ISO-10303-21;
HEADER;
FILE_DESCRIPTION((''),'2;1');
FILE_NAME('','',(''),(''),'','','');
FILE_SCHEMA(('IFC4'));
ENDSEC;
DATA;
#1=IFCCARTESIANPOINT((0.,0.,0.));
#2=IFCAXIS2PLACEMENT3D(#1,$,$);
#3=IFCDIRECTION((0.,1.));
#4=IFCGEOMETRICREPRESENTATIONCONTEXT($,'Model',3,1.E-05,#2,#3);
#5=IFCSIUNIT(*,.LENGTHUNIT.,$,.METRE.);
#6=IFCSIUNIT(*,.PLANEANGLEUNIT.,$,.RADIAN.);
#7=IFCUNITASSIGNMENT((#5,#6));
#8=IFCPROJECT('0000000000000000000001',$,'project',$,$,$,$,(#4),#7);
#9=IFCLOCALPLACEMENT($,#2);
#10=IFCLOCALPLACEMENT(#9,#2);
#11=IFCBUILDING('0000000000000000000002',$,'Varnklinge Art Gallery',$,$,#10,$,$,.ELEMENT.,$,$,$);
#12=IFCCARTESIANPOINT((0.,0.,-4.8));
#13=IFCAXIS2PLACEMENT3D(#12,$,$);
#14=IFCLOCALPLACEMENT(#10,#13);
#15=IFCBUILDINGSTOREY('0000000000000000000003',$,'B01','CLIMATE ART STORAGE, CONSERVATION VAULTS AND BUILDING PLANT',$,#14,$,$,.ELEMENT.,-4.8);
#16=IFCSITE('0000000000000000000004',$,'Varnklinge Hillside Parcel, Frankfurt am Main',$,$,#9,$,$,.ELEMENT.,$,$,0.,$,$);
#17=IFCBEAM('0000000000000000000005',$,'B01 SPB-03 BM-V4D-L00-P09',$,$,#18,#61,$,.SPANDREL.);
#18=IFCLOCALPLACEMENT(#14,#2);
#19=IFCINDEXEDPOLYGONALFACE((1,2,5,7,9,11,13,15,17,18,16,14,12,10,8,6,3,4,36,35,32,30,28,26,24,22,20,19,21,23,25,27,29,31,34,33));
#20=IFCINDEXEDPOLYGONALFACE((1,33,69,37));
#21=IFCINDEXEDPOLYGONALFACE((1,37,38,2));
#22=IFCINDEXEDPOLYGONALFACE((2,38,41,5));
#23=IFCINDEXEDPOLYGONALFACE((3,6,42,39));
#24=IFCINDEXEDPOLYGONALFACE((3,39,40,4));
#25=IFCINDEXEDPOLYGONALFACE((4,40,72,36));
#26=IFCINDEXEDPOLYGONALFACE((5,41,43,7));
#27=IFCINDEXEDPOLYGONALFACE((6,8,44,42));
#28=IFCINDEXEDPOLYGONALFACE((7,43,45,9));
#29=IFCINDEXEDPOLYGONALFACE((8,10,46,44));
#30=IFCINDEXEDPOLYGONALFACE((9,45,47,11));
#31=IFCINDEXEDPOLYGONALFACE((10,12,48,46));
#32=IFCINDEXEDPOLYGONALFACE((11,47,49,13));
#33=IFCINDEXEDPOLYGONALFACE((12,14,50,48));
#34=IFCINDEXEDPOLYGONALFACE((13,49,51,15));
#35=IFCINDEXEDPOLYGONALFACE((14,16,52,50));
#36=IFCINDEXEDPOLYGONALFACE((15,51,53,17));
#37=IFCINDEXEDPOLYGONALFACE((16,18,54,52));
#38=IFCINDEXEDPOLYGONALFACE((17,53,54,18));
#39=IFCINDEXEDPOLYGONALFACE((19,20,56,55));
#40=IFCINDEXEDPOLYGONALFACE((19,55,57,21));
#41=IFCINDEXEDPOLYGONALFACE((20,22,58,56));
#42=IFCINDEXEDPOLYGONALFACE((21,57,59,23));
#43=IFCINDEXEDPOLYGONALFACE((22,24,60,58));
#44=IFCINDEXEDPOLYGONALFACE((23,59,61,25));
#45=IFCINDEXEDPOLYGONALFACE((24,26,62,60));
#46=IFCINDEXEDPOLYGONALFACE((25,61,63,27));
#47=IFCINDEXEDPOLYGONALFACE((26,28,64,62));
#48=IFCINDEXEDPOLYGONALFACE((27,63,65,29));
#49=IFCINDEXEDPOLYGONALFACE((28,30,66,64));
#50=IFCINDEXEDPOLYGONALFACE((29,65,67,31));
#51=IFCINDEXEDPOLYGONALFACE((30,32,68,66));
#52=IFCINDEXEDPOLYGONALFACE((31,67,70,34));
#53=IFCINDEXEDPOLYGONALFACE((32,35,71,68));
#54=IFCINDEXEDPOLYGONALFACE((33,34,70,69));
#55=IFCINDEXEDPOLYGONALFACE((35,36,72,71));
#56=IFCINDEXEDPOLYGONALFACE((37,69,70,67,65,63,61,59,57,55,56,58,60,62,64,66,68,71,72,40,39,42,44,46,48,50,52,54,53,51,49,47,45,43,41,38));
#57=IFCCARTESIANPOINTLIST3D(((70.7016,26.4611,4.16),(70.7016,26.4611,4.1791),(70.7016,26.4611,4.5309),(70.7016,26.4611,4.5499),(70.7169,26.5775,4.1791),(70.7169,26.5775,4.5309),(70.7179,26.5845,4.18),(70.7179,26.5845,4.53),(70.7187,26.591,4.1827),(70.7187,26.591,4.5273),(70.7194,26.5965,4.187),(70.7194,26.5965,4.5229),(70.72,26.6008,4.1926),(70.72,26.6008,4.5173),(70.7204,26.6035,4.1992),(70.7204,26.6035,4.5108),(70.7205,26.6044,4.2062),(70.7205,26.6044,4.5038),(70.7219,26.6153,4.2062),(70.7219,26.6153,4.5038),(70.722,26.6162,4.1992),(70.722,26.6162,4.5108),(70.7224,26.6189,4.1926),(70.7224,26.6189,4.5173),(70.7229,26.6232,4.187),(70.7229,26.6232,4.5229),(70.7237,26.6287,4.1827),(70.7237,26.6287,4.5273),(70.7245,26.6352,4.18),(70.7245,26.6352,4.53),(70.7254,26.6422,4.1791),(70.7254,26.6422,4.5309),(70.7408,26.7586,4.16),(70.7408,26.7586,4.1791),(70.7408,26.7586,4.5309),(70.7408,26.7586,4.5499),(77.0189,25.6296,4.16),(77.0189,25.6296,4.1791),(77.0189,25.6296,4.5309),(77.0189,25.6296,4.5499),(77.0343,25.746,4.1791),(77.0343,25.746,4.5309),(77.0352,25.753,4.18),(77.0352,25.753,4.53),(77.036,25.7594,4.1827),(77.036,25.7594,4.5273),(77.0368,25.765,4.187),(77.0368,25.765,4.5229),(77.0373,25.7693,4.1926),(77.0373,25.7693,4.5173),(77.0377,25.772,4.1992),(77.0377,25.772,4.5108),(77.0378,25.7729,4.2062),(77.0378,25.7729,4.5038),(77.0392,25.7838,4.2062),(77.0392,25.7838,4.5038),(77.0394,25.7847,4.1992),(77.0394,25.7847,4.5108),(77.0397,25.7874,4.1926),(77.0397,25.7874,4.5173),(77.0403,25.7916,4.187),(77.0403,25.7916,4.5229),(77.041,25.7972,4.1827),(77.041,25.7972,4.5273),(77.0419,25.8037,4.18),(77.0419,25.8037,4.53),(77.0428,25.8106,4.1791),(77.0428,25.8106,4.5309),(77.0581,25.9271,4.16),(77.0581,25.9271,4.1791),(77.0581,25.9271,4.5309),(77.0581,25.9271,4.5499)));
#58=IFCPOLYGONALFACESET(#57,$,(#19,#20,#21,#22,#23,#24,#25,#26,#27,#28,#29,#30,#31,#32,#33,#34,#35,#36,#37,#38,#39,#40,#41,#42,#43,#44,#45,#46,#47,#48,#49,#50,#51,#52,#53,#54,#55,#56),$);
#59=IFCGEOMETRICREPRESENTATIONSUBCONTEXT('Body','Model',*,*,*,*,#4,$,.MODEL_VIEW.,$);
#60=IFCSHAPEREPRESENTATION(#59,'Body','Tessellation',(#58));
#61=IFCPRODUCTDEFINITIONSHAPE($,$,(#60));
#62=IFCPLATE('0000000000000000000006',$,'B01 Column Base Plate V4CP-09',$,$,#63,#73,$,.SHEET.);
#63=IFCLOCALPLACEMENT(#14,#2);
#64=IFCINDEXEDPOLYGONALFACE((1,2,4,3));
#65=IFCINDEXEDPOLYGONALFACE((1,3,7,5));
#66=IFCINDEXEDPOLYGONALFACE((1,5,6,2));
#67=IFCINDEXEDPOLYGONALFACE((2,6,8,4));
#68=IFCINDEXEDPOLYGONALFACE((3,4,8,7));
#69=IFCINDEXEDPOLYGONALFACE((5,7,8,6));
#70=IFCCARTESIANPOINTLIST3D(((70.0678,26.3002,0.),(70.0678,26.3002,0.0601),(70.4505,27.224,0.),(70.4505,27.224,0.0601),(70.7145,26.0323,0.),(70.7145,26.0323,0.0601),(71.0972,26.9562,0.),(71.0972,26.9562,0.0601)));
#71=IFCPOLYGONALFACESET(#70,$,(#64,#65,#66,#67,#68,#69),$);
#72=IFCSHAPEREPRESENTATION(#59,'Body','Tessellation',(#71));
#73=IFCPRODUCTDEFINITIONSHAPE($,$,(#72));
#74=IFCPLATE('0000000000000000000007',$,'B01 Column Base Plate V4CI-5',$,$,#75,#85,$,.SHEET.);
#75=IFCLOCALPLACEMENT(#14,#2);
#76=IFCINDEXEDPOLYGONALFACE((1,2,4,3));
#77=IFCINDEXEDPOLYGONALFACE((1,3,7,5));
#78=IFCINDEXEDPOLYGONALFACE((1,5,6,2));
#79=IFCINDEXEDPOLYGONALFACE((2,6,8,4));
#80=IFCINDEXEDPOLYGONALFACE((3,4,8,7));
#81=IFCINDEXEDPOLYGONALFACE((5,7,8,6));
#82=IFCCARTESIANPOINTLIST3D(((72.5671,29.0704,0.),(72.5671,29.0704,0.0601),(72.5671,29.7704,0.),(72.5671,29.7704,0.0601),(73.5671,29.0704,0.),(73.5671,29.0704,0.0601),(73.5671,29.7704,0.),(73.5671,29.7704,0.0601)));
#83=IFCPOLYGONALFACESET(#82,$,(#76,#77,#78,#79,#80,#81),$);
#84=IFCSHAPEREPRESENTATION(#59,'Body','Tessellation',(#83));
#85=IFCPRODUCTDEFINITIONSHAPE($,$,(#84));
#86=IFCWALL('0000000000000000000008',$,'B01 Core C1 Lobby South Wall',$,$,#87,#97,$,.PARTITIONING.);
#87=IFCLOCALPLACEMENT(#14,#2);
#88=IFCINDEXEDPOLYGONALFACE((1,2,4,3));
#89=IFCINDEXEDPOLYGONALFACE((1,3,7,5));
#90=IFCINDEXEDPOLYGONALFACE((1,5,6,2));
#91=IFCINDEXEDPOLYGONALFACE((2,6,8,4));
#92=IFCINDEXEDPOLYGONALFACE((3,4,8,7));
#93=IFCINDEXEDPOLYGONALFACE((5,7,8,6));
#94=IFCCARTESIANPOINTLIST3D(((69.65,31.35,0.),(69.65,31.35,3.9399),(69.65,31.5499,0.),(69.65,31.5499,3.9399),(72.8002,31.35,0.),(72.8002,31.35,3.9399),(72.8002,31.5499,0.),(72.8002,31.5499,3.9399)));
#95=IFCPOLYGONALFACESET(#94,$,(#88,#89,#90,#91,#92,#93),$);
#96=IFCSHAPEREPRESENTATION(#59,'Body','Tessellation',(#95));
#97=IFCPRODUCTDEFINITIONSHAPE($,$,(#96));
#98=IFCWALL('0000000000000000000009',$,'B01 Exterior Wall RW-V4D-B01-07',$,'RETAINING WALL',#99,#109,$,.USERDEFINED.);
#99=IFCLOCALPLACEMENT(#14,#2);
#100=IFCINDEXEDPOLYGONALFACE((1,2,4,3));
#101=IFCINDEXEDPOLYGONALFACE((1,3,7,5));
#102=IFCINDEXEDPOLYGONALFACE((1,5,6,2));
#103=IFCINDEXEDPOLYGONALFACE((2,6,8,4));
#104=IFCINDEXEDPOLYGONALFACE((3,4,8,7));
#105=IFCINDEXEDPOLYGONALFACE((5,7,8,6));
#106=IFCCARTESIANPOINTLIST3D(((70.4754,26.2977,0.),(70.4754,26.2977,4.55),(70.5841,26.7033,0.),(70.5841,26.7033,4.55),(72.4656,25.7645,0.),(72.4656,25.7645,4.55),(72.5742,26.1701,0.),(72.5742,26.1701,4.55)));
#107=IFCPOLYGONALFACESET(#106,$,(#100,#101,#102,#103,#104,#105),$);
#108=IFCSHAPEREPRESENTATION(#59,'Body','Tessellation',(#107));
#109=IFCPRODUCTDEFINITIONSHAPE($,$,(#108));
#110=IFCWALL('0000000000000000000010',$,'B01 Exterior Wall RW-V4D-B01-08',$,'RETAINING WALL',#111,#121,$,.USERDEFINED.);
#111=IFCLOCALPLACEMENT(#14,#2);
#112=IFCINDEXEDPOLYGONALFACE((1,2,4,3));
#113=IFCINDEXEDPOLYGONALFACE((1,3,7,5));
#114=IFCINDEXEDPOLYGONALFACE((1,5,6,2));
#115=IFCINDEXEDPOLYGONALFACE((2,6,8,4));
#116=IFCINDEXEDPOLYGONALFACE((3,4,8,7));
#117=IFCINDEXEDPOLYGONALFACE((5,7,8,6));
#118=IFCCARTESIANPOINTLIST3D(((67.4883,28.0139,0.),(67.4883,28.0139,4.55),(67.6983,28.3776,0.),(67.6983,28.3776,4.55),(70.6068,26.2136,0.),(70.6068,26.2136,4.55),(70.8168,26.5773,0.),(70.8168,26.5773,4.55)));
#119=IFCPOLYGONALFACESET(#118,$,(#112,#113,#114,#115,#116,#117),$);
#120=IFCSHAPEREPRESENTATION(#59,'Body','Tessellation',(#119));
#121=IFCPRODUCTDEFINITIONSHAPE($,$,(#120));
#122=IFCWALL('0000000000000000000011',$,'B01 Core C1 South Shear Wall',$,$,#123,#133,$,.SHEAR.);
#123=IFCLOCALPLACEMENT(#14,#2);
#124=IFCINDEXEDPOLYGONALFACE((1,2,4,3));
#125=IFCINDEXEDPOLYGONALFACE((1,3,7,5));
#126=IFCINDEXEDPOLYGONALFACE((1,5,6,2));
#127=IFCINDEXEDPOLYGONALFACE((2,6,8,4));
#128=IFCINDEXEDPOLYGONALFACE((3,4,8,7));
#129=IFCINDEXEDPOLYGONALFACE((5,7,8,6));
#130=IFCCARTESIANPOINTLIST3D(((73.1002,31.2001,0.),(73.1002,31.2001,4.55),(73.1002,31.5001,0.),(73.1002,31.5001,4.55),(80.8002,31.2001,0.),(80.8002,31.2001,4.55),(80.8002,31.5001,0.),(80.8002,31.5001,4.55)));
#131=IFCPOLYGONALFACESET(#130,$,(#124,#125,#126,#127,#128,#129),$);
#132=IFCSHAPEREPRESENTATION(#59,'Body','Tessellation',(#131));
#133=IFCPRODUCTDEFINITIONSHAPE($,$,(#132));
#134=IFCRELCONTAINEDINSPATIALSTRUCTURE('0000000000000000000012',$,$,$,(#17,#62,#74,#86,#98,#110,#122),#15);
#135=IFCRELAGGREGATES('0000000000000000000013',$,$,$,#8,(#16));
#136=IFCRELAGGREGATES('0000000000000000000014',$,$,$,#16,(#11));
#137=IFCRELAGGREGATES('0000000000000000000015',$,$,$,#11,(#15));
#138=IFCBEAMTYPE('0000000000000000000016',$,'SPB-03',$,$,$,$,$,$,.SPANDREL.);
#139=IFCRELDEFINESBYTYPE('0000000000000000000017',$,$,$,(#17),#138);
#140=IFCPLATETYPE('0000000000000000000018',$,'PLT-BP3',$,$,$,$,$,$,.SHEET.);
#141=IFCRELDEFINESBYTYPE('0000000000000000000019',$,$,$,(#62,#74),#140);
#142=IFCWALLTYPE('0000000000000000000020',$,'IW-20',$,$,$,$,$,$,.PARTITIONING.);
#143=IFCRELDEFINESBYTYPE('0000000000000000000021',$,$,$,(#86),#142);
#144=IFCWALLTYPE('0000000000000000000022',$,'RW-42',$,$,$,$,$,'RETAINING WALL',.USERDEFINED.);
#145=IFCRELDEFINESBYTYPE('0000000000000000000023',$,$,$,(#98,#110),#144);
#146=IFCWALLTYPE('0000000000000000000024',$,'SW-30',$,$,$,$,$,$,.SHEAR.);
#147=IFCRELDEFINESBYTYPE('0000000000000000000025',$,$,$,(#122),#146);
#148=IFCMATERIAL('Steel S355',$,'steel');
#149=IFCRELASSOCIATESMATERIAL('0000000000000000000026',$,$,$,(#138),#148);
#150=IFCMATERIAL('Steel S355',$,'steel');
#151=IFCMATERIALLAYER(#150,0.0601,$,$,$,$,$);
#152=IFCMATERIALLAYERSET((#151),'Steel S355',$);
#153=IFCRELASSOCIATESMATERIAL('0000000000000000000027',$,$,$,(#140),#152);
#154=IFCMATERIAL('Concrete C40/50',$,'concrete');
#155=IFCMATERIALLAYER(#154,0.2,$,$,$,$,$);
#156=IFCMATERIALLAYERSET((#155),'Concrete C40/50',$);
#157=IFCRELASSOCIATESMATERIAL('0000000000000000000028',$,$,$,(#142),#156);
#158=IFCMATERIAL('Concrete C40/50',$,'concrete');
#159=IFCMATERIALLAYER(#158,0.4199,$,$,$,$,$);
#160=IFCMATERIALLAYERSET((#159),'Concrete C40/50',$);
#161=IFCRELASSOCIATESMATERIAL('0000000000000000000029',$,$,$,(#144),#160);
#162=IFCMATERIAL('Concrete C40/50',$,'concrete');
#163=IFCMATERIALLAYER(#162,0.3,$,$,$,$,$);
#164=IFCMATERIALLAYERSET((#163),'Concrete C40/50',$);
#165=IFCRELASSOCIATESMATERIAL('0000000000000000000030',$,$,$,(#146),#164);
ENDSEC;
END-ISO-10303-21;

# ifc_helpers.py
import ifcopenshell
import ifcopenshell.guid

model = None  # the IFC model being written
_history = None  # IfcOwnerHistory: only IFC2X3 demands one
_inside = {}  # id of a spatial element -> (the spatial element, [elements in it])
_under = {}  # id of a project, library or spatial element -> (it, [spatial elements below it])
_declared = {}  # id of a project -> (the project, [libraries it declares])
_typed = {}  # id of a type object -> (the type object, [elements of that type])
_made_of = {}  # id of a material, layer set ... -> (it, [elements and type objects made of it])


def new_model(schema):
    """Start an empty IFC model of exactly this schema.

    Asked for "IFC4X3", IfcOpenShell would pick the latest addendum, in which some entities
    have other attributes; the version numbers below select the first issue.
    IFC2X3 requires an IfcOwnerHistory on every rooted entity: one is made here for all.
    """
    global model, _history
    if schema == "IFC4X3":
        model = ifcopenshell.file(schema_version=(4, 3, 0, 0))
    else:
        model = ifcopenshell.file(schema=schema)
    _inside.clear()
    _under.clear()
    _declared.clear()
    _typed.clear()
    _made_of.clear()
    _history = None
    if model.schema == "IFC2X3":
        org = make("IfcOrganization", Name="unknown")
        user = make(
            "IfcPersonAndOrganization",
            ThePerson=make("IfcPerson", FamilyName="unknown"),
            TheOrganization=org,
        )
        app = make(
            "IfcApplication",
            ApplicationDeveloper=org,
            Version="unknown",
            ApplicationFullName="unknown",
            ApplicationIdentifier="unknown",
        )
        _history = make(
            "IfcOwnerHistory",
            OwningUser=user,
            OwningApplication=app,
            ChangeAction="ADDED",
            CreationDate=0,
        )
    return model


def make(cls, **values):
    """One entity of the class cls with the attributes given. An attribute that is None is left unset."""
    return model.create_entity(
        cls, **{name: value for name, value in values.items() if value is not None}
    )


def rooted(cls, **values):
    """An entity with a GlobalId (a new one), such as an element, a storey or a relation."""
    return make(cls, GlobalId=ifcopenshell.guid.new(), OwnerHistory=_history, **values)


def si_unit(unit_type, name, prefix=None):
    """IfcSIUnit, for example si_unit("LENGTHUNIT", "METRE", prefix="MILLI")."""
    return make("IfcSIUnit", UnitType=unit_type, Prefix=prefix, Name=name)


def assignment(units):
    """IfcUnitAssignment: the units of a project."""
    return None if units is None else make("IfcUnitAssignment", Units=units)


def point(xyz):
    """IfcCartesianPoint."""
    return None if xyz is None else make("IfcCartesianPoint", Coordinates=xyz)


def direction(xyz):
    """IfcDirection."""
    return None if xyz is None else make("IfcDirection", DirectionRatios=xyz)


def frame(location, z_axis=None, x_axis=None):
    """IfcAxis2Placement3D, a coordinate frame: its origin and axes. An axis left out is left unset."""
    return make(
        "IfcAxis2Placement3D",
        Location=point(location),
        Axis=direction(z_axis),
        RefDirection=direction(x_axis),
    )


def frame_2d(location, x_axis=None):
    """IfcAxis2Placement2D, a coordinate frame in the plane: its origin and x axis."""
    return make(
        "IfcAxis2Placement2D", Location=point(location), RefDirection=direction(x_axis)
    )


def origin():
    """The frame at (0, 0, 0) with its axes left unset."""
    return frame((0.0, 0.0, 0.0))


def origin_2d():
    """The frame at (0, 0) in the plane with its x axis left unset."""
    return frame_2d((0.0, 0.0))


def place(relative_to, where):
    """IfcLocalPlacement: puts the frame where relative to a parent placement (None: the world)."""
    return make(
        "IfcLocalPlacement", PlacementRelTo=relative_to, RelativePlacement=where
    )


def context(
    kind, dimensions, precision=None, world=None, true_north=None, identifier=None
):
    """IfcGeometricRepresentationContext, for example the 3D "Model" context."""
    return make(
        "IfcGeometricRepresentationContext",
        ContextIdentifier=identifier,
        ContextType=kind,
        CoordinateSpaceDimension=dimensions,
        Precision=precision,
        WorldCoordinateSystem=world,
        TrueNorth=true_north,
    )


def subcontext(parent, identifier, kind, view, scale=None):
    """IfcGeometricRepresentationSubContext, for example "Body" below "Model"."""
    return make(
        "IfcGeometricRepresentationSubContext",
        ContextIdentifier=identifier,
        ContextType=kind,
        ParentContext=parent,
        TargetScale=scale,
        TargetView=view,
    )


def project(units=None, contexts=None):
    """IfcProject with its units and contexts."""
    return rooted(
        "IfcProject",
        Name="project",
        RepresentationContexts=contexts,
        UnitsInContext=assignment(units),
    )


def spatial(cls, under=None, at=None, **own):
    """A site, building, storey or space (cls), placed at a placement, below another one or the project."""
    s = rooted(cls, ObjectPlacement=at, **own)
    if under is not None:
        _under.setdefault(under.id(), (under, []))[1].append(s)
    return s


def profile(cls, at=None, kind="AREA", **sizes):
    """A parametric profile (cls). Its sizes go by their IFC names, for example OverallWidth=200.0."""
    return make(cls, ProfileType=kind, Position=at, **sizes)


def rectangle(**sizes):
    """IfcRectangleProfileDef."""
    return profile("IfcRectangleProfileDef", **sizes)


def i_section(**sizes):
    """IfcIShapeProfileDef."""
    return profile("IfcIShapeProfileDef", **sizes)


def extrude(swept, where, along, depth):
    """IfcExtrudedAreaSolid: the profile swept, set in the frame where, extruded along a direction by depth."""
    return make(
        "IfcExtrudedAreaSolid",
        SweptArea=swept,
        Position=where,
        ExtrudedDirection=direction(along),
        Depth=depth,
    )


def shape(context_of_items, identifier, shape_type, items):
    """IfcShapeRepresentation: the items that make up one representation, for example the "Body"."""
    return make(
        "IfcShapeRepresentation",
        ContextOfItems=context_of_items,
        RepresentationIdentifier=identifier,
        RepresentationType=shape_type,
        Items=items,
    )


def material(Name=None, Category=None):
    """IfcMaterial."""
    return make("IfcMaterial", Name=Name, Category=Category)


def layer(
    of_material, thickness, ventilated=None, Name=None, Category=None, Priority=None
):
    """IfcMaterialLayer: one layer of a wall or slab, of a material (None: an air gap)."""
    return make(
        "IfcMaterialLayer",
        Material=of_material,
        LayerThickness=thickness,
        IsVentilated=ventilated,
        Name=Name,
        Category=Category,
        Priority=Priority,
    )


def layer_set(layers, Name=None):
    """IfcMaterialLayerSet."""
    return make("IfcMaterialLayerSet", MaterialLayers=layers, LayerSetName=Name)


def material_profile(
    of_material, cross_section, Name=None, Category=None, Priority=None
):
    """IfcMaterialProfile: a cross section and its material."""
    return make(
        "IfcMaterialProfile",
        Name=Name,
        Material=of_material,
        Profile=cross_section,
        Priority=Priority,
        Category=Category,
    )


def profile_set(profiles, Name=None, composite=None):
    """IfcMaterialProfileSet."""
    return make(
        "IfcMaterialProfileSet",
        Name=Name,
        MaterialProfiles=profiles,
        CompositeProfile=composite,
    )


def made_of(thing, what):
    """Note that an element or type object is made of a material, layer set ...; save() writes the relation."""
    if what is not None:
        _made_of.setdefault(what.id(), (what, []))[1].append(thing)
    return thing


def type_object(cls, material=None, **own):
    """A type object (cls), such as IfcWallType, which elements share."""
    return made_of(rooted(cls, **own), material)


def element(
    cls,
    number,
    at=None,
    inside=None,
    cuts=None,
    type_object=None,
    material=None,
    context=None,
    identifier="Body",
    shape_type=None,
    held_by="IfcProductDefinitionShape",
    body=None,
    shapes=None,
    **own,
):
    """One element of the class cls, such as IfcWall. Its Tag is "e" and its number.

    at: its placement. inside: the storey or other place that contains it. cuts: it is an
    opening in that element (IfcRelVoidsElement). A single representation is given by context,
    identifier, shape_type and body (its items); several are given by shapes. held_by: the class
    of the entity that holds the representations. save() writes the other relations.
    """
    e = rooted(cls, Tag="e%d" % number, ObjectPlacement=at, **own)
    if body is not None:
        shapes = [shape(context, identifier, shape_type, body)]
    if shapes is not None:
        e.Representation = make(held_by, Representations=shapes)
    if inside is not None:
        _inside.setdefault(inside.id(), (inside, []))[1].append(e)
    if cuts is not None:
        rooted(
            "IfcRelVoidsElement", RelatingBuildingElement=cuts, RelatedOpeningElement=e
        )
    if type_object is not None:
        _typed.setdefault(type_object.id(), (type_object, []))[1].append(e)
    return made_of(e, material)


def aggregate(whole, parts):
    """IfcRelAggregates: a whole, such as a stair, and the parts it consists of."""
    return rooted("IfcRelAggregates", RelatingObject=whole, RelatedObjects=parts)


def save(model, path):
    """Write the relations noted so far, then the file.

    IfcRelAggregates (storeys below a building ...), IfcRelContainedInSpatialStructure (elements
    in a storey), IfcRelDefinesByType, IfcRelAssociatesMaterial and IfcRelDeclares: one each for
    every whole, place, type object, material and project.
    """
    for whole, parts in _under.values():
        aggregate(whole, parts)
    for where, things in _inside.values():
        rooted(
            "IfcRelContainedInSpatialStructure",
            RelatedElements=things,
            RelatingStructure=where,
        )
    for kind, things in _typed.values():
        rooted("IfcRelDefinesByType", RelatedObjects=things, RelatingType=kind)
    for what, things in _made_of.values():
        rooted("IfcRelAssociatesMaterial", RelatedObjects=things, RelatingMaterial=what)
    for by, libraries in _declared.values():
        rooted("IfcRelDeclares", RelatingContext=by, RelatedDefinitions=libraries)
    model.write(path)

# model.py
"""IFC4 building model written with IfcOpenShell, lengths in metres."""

from ifc_helpers import new_model, si_unit, direction, frame, frame_2d, origin, origin_2d, place, context, subcontext, project, spatial, rectangle, i_section, extrude, material, layer, layer_set, material_profile, profile_set, type_object, element, save


model = new_model("IFC4")

# Units and contexts
model_context = context("Model", 3, precision=1e-05, world=origin(), true_north=direction((0.0, 1.0)))
body_context = subcontext(model_context, "Body", "Model", "MODEL_VIEW")
ifc_project = project(units=[si_unit("LENGTHUNIT", "METRE"), si_unit("PLANEANGLEUNIT", "RADIAN")], contexts=[model_context])

# Site, building, storey
site_placement = place(None, origin())
site = spatial("IfcSite", under=ifc_project, at=site_placement, Name="Varnklinge Hillside Parcel, Frankfurt am Main", CompositionType="ELEMENT", RefElevation=0.0)
building_placement = place(site_placement, origin())
building = spatial("IfcBuilding", under=site, at=building_placement, Name="Varnklinge Art Gallery", CompositionType="ELEMENT")
storey_placement = place(building_placement, frame((0.0, 0.0, -4.8)))
storey = spatial("IfcBuildingStorey", under=building, at=storey_placement, Name="B01", Description="CLIMATE ART STORAGE, CONSERVATION VAULTS AND BUILDING PLANT", CompositionType="ELEMENT", Elevation=-4.8)

# Beam
ifc_material_1 = material(Name="Steel S355", Category="steel")
ifc_material_profile_1 = material_profile(ifc_material_1, i_section(OverallWidth=0.3, OverallDepth=0.3899, WebThickness=0.011, FlangeThickness=0.019, FilletRadius=0.0271, at=origin_2d()), Name="HEA 400")
ifc_profile_set_1 = profile_set([ifc_material_profile_1], Name="Steel S355")
beam_type_1 = type_object("IfcBeamType", Name="SPB-03", PredefinedType="SPANDREL", material=ifc_profile_set_1)
beam_1_placement = place(storey_placement, frame((70.7212, 26.6099, 4.355), z_axis=(0.991448, -0.130502, 0.0), x_axis=(0.130502, 0.991448, 0.0)))
element("IfcBeam", 1, at=beam_1_placement, inside=storey, type_object=beam_type_1, Name="B01 SPB-03 BM-V4D-L00-P09", PredefinedType="SPANDREL", context=body_context, shape_type="SweptSolid", body=[
    extrude(i_section(OverallWidth=0.3, OverallDepth=0.3899, WebThickness=0.011, FlangeThickness=0.019, FilletRadius=0.0271, at=origin_2d()), origin(), (0.0, 0.0, 1.0), 6.3718),
])

# Plates
ifc_material_2 = material(Name="Steel S355", Category="steel")
ifc_layer_1 = layer(ifc_material_2, 0.0601)
ifc_layer_set_1 = layer_set([ifc_layer_1], Name="Steel S355")
plate_type = type_object("IfcPlateType", Name="PLT-BP3", PredefinedType="SHEET", material=ifc_layer_set_1)
for number, where, z_axis, x_axis, name in (
    (2, (70.5825, 26.6282, 0.0), (0.0, 0.0, 1.0), (-0.382683, -0.92388, 0.0), "B01 Column Base Plate V4CP-09"),
    (3, (73.0671, 29.4204, 0.0), (0.0, 0.0, 1.0), (1.0, 0.0, 0.0), "B01 Column Base Plate V4CI-5"),
):
    element("IfcPlate", number, at=place(storey_placement, frame(where, z_axis=z_axis, x_axis=x_axis)), inside=storey, type_object=plate_type, Name=name, PredefinedType="SHEET", context=body_context, shape_type="SweptSolid", body=[
        extrude(rectangle(XDim=1.0, YDim=0.7, at=origin_2d()), origin(), (0.0, 0.0, 1.0), 0.0601),
    ])

# Wall
ifc_material_3 = material(Name="Concrete C40/50", Category="concrete")
ifc_layer_2 = layer(ifc_material_3, 0.2)
ifc_layer_set_2 = layer_set([ifc_layer_2], Name="Concrete C40/50")
wall_type_1 = type_object("IfcWallType", Name="IW-20", PredefinedType="PARTITIONING", material=ifc_layer_set_2)
wall_1_placement = place(storey_placement, frame((69.6499, 31.45, 0.0), z_axis=(0.0, 0.0, 1.0), x_axis=(1.0, 0.0, 0.0)))
element("IfcWall", 4, at=wall_1_placement, inside=storey, type_object=wall_type_1, Name="B01 Core C1 Lobby South Wall", PredefinedType="PARTITIONING", context=body_context, shape_type="SweptSolid", body=[
    extrude(rectangle(XDim=3.1501, YDim=0.2, at=frame_2d((1.5752, 0.0))), origin(), (0.0, 0.0, 1.0), 3.9399),
])

# Walls
ifc_material_4 = material(Name="Concrete C40/50", Category="concrete")
ifc_layer_3 = layer(ifc_material_4, 0.4199)
ifc_layer_set_3 = layer_set([ifc_layer_3], Name="Concrete C40/50")
wall_type_2 = type_object("IfcWallType", Name="RW-42", ElementType="RETAINING WALL", PredefinedType="USERDEFINED", material=ifc_layer_set_3)
wall_2_placement = place(storey_placement, frame((72.52, 25.9673, 0.0), z_axis=(0.0, 0.0, 1.0), x_axis=(-0.965935, 0.258783, 0.0)))
element("IfcWall", 5, at=wall_2_placement, inside=storey, type_object=wall_type_2, Name="B01 Exterior Wall RW-V4D-B01-07", ObjectType="RETAINING WALL", PredefinedType="USERDEFINED", context=body_context, shape_type="SweptSolid", body=[
    extrude(rectangle(XDim=2.0603, YDim=0.4199, at=frame_2d((1.0303, 0.0))), origin(), (0.0, 0.0, 1.0), 4.55),
])
wall_3_placement = place(storey_placement, frame((70.7117, 26.3955, 0.0), z_axis=(0.0, 0.0, 1.0), x_axis=(-0.86604, 0.499975, 0.0)))
element("IfcWall", 6, at=wall_3_placement, inside=storey, type_object=wall_type_2, Name="B01 Exterior Wall RW-V4D-B01-08", ObjectType="RETAINING WALL", PredefinedType="USERDEFINED", context=body_context, shape_type="SweptSolid", body=[
    extrude(rectangle(XDim=3.6008, YDim=0.4199, at=frame_2d((1.8003, 0.0))), origin(), (0.0, 0.0, 1.0), 4.55),
])
ifc_material_5 = material(Name="Concrete C40/50", Category="concrete")
ifc_layer_4 = layer(ifc_material_5, 0.3)
ifc_layer_set_4 = layer_set([ifc_layer_4], Name="Concrete C40/50")
wall_type_3 = type_object("IfcWallType", Name="SW-30", PredefinedType="SHEAR", material=ifc_layer_set_4)
wall_4_placement = place(storey_placement, frame((73.1001, 31.3501, 0.0), z_axis=(0.0, 0.0, 1.0), x_axis=(1.0, 0.0, 0.0)))
element("IfcWall", 7, at=wall_4_placement, inside=storey, type_object=wall_type_3, Name="B01 Core C1 South Shear Wall", PredefinedType="SHEAR", context=body_context, shape_type="SweptSolid", body=[
    extrude(rectangle(XDim=7.7, YDim=0.3, at=frame_2d((3.8501, 0.0))), origin(), (0.0, 0.0, 1.0), 4.55),
])

save(model, "model.ifc")
